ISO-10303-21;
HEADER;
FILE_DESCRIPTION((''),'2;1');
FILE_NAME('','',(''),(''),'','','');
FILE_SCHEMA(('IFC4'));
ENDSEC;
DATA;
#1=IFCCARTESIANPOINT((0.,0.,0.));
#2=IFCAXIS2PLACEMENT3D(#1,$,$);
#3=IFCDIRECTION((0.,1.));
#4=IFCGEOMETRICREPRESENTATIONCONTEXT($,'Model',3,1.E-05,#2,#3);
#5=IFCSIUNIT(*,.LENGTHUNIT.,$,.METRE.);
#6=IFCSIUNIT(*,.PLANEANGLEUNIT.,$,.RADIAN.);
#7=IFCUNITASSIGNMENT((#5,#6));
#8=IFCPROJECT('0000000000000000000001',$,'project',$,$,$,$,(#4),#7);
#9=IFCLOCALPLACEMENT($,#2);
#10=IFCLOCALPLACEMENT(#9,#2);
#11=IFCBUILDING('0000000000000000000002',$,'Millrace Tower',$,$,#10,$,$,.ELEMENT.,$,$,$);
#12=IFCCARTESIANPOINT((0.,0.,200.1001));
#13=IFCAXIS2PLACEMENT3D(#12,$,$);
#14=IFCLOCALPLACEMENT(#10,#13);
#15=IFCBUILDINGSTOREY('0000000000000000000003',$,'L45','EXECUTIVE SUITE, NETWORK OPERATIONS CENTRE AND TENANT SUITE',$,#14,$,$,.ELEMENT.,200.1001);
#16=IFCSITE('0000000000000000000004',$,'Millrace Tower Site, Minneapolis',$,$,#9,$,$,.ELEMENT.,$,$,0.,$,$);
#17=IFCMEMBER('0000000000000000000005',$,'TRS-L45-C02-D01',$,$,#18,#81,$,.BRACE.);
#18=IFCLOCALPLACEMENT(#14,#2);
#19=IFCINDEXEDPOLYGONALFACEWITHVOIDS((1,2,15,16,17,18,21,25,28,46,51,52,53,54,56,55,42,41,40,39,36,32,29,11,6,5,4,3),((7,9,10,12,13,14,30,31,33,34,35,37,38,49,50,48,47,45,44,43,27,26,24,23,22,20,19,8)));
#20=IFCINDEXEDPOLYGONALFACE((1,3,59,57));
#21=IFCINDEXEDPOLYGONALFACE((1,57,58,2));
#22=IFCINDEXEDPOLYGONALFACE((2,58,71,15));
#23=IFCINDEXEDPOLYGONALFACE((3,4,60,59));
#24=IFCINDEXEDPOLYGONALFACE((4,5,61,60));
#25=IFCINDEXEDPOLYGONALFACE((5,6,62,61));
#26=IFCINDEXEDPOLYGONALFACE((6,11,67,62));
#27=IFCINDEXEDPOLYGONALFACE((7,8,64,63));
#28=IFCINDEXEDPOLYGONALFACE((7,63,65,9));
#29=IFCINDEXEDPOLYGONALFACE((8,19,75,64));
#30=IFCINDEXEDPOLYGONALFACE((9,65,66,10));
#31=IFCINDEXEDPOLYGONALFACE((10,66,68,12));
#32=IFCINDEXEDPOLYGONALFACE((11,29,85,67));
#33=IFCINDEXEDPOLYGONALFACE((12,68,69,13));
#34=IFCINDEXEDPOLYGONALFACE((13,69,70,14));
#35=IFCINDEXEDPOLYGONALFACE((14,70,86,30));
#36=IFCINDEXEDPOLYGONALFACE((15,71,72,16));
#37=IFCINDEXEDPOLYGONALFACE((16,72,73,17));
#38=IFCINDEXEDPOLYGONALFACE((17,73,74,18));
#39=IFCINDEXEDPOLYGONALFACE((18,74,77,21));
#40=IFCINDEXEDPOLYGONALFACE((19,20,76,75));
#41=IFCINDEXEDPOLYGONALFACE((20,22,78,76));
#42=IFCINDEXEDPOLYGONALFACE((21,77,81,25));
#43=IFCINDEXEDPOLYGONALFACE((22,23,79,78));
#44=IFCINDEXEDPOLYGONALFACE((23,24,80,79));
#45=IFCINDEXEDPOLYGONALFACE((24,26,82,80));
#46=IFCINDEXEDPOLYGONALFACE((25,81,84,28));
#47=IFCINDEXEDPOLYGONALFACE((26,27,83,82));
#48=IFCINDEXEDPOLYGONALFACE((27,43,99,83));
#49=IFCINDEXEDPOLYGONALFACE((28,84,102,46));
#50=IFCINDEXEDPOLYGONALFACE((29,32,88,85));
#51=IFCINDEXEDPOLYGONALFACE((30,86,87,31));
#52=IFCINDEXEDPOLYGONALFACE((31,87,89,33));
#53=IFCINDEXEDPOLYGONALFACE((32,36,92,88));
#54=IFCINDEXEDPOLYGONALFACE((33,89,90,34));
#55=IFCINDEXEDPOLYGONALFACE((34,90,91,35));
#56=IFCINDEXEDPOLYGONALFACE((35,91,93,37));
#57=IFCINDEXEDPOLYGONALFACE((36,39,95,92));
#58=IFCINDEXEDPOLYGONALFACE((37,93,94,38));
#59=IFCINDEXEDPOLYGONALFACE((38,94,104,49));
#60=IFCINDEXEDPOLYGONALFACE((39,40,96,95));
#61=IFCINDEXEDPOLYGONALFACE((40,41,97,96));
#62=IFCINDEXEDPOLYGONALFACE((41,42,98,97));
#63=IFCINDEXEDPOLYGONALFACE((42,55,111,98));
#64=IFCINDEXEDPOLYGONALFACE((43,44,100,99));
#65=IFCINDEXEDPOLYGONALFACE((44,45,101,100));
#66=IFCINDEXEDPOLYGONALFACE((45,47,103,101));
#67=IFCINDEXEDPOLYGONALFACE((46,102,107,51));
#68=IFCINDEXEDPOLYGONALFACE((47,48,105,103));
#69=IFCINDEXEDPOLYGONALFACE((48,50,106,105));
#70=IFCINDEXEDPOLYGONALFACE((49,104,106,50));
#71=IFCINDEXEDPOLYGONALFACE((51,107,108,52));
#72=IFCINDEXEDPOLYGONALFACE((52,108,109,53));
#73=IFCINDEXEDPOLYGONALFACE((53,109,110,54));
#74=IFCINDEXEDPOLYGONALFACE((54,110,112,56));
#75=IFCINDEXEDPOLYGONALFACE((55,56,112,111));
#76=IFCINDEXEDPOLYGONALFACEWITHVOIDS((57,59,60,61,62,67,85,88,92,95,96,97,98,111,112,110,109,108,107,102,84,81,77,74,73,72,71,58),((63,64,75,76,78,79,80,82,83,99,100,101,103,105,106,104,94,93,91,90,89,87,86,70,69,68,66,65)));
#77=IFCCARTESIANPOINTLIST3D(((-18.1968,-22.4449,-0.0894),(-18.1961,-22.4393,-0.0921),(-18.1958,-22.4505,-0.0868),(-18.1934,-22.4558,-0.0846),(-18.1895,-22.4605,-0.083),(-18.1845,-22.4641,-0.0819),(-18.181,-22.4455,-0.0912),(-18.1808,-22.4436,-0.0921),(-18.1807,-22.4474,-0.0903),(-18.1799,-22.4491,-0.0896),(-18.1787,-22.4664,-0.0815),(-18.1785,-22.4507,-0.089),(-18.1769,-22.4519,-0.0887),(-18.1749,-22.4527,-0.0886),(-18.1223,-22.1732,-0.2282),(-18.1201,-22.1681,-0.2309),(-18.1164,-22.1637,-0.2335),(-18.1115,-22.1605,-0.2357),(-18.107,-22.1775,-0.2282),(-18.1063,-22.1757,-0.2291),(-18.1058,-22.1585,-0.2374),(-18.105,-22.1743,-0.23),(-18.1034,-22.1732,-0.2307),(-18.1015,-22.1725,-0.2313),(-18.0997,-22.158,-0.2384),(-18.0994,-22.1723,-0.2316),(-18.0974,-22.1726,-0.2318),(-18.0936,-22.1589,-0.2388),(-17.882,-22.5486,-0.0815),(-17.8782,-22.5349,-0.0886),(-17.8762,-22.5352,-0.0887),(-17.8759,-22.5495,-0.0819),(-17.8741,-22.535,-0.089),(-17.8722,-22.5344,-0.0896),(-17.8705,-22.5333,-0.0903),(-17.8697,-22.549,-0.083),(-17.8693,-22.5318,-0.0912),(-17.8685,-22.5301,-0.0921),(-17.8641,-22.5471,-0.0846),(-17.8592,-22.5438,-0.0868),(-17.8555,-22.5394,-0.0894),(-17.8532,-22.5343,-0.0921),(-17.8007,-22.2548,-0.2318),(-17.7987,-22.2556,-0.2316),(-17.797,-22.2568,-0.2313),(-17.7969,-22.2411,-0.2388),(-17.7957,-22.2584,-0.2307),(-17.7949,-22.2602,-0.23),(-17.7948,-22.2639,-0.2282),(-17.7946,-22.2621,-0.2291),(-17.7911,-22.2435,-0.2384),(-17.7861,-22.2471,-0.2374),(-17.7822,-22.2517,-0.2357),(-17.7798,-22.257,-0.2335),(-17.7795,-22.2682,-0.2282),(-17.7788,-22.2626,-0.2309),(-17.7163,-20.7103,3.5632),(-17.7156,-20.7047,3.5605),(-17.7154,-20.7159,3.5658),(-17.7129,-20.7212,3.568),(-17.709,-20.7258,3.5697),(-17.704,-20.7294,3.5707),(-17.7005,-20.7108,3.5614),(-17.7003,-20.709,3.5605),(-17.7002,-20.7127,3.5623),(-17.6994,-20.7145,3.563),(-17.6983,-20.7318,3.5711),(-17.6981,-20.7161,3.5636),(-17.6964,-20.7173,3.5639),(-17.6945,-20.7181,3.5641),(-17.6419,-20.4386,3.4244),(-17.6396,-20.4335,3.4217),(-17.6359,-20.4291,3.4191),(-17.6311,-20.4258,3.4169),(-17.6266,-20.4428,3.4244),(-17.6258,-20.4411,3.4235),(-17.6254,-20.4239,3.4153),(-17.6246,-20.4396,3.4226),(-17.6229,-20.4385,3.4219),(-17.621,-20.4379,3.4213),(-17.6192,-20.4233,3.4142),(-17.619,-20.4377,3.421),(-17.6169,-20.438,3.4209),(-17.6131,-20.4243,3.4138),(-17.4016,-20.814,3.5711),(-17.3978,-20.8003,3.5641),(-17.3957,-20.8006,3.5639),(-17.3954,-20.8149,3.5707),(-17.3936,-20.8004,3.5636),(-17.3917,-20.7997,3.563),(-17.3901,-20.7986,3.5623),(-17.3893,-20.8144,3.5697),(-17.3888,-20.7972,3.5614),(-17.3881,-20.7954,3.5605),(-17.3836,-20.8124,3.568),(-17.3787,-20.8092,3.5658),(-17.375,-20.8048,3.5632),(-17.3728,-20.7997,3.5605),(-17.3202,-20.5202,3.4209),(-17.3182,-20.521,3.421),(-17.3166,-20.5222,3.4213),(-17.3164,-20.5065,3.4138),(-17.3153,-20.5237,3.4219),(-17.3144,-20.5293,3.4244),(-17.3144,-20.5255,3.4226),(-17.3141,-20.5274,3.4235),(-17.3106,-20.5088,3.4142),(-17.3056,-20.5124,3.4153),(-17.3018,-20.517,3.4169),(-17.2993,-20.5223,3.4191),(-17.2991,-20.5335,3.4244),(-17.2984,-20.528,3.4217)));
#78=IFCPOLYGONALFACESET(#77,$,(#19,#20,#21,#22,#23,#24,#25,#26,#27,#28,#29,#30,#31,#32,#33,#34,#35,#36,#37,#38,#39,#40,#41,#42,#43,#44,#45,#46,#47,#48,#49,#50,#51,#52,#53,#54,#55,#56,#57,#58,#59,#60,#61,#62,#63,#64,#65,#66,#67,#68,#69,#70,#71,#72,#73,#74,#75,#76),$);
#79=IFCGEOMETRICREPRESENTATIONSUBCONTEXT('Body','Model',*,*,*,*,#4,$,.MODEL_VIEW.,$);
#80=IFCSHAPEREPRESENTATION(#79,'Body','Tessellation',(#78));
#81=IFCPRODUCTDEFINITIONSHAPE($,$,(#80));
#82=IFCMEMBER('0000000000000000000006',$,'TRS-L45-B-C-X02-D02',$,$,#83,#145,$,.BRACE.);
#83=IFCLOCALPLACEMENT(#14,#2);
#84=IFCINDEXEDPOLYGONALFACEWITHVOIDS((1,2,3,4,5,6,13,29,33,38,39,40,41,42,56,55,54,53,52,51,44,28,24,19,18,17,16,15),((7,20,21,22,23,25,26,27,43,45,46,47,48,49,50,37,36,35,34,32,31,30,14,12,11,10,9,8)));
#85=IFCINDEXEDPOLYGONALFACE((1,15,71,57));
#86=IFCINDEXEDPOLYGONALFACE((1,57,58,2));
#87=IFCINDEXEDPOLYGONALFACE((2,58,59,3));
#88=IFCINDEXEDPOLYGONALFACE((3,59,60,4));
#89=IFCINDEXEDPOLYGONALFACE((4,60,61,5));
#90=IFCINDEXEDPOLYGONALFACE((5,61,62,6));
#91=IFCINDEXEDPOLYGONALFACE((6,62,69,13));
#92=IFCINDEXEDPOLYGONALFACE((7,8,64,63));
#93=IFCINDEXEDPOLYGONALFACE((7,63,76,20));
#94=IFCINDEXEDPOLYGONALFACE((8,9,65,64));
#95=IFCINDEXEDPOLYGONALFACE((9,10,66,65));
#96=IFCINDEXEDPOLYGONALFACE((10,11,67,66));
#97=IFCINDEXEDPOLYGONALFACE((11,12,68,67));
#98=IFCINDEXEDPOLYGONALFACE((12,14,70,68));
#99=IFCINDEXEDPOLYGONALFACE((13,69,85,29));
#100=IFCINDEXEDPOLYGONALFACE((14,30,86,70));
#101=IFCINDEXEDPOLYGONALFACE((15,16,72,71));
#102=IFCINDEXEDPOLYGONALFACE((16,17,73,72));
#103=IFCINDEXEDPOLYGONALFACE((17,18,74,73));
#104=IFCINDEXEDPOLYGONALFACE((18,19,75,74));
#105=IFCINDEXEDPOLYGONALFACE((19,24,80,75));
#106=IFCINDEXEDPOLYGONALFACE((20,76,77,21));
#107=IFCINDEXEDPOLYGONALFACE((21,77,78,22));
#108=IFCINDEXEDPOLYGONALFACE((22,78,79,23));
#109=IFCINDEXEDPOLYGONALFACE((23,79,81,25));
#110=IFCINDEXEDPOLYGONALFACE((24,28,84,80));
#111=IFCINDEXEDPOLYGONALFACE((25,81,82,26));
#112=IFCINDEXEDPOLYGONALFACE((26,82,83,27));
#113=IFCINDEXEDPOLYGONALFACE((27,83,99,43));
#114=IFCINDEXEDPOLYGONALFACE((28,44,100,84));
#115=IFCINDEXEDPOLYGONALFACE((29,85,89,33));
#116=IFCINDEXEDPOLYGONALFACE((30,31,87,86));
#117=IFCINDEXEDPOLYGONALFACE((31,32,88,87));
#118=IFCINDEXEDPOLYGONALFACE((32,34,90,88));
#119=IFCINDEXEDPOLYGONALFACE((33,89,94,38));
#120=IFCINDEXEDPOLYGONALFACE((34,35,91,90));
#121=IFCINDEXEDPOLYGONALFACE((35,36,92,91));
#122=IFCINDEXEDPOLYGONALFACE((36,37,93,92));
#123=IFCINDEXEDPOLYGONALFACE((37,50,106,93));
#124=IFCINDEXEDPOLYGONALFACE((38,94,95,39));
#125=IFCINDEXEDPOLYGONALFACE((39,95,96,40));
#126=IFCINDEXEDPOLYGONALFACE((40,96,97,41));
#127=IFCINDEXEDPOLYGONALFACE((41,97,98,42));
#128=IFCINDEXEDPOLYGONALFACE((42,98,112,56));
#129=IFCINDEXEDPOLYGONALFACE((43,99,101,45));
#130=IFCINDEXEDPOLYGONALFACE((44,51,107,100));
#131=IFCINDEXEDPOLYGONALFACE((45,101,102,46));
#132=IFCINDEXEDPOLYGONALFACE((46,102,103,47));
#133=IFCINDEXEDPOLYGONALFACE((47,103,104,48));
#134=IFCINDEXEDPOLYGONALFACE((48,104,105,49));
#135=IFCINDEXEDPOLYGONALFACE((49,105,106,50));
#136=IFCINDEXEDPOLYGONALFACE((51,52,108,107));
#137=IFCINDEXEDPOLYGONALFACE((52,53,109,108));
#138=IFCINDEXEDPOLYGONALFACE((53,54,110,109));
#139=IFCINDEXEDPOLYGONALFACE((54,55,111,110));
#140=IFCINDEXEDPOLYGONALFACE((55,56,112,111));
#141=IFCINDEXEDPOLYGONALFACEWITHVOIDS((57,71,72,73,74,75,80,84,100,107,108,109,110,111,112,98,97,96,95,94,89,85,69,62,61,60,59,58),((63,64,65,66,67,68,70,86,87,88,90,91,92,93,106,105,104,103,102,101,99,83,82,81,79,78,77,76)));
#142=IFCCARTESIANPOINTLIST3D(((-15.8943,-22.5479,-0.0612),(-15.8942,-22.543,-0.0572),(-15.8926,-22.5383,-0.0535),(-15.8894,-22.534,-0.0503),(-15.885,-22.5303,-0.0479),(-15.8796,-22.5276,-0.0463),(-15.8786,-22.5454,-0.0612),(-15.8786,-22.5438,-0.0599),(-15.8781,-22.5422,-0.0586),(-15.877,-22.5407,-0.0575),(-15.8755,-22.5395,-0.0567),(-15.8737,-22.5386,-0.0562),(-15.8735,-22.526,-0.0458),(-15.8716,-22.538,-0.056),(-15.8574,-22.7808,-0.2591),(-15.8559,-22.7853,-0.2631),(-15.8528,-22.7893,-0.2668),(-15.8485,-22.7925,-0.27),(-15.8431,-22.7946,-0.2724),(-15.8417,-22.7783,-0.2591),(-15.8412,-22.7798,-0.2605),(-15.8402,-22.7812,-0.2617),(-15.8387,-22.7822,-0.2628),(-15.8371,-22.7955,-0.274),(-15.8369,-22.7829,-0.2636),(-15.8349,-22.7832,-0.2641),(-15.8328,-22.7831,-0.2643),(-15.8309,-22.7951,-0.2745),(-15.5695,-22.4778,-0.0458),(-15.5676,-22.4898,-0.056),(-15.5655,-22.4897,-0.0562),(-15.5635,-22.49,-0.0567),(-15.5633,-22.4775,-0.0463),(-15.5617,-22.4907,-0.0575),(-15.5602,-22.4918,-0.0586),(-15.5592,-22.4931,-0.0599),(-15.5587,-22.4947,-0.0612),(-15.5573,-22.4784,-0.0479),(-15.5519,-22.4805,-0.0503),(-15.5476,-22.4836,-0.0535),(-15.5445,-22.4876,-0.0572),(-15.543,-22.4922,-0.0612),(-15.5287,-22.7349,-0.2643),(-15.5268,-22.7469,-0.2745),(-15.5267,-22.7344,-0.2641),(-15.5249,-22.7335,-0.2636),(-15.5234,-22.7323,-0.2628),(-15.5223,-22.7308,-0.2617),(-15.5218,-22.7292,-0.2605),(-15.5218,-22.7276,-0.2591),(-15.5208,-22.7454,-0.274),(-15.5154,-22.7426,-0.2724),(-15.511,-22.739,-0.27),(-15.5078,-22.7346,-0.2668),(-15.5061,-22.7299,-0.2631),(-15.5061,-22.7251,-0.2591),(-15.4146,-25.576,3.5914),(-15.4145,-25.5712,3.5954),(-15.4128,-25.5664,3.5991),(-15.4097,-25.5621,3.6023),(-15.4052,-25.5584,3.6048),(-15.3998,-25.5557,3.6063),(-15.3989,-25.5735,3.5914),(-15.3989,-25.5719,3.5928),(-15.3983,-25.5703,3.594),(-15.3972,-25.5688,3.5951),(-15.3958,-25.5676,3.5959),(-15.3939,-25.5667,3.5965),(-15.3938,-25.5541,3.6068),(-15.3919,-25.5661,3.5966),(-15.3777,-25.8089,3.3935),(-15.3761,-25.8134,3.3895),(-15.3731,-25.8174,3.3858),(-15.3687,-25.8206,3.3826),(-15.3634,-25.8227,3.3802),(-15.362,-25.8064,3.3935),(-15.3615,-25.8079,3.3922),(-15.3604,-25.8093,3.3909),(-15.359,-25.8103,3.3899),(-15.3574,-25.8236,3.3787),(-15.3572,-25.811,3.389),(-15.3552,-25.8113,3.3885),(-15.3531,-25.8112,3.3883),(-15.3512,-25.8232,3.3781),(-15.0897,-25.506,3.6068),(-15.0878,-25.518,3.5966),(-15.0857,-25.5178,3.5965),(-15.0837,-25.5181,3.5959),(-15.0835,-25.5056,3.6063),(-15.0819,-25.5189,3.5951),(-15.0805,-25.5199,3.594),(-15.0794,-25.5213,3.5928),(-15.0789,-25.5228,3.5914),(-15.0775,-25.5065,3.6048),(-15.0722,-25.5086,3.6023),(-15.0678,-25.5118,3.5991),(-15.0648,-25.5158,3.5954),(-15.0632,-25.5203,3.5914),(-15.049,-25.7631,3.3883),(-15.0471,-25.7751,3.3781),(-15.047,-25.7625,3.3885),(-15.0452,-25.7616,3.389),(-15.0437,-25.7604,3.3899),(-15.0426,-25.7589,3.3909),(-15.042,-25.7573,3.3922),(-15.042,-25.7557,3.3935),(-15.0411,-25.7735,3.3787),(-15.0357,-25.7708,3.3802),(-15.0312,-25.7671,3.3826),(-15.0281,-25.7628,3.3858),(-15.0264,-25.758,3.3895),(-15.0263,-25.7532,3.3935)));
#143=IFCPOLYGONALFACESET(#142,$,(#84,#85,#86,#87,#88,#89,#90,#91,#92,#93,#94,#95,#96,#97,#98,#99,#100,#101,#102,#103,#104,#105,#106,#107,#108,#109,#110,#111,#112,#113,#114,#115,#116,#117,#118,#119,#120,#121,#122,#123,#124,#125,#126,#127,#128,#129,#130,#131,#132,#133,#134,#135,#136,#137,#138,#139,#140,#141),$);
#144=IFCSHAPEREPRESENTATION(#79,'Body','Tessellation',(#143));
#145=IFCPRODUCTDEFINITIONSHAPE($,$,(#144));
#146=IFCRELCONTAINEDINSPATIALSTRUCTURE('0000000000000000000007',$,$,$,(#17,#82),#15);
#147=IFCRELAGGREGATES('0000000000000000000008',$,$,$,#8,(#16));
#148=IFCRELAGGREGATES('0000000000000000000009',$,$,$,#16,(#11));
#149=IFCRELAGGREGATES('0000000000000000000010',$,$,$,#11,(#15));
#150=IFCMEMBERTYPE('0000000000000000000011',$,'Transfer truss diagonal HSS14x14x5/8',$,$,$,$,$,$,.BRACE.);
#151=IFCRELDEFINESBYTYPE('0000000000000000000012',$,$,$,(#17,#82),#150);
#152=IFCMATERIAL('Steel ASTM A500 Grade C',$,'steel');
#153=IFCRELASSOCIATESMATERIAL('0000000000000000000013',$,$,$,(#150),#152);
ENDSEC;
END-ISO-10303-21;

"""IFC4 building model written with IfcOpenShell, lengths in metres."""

from ifc_helpers import new_model, si_unit, direction, frame, origin, origin_2d, place, context, subcontext, project, spatial, hollow_rectangle, extrude, material, material_profile, profile_set, type_object, element, save


model = new_model("IFC4")

# Units and contexts
model_context = context("Model", 3, precision=1e-05, world=origin(), true_north=direction((0.0, 1.0)))
body_context = subcontext(model_context, "Body", "Model", "MODEL_VIEW")
ifc_project = project(units=[si_unit("LENGTHUNIT", "METRE"), si_unit("PLANEANGLEUNIT", "RADIAN")], contexts=[model_context])

# Site, building, storey
site_placement = place(None, origin())
site = spatial("IfcSite", under=ifc_project, at=site_placement, Name="Millrace Tower Site, Minneapolis", CompositionType="ELEMENT", RefElevation=0.0)
building_placement = place(site_placement, origin())
building = spatial("IfcBuilding", under=site, at=building_placement, Name="Millrace Tower", CompositionType="ELEMENT")
storey_placement = place(building_placement, frame((0.0, 0.0, 200.1001)))
storey = spatial("IfcBuildingStorey", under=building, at=storey_placement, Name="L45", Description="EXECUTIVE SUITE, NETWORK OPERATIONS CENTRE AND TENANT SUITE", CompositionType="ELEMENT", Elevation=200.1001)

# Members
ifc_material_1 = material(Name="Steel ASTM A500 Grade C", Category="steel")
ifc_material_profile_1 = material_profile(ifc_material_1, hollow_rectangle(XDim=0.3557, YDim=0.3557, WallThickness=0.0159, InnerFilletRadius=0.0081, OuterFilletRadius=0.0239, at=origin_2d()))
ifc_profile_set_1 = profile_set([ifc_material_profile_1], Name="Steel ASTM A500 Grade C")
member_type_1 = type_object("IfcMemberType", Name="Transfer truss diagonal HSS14x14x5/8", PredefinedType="BRACE", material=ifc_profile_set_1)
member_1_placement = place(storey_placement, frame((-17.9878, -22.3538, -0.1602), z_axis=(0.117993, 0.425987, 0.897002), x_axis=(-0.963714, 0.266937, 0.0)))
element("IfcMember", 1, at=member_1_placement, inside=storey, type_object=member_type_1, Name="TRS-L45-C02-D01", PredefinedType="BRACE", context=body_context, shape_type="SweptSolid", body=[
    extrude(hollow_rectangle(XDim=0.3557, YDim=0.3557, WallThickness=0.0159, InnerFilletRadius=0.0081, OuterFilletRadius=0.0239, at=origin_2d()), origin(), (0.0, 0.0, 1.0), 4.072),
])
member_2_placement = place(storey_placement, frame((-15.7002, -22.6365, -0.1602), z_axis=(0.1006, -0.634986, 0.765946), x_axis=(0.987681, 0.156478, 0.0)))
element("IfcMember", 2, at=member_2_placement, inside=storey, type_object=member_type_1, Name="TRS-L45-B-C-X02-D02", PredefinedType="BRACE", context=body_context, shape_type="SweptSolid", body=[
    extrude(hollow_rectangle(XDim=0.3557, YDim=0.3557, WallThickness=0.0159, InnerFilletRadius=0.0081, OuterFilletRadius=0.0239, at=origin_2d()), origin(), (0.0, 0.0, 1.0), 4.7688),
])

save(model, "model.ifc")
